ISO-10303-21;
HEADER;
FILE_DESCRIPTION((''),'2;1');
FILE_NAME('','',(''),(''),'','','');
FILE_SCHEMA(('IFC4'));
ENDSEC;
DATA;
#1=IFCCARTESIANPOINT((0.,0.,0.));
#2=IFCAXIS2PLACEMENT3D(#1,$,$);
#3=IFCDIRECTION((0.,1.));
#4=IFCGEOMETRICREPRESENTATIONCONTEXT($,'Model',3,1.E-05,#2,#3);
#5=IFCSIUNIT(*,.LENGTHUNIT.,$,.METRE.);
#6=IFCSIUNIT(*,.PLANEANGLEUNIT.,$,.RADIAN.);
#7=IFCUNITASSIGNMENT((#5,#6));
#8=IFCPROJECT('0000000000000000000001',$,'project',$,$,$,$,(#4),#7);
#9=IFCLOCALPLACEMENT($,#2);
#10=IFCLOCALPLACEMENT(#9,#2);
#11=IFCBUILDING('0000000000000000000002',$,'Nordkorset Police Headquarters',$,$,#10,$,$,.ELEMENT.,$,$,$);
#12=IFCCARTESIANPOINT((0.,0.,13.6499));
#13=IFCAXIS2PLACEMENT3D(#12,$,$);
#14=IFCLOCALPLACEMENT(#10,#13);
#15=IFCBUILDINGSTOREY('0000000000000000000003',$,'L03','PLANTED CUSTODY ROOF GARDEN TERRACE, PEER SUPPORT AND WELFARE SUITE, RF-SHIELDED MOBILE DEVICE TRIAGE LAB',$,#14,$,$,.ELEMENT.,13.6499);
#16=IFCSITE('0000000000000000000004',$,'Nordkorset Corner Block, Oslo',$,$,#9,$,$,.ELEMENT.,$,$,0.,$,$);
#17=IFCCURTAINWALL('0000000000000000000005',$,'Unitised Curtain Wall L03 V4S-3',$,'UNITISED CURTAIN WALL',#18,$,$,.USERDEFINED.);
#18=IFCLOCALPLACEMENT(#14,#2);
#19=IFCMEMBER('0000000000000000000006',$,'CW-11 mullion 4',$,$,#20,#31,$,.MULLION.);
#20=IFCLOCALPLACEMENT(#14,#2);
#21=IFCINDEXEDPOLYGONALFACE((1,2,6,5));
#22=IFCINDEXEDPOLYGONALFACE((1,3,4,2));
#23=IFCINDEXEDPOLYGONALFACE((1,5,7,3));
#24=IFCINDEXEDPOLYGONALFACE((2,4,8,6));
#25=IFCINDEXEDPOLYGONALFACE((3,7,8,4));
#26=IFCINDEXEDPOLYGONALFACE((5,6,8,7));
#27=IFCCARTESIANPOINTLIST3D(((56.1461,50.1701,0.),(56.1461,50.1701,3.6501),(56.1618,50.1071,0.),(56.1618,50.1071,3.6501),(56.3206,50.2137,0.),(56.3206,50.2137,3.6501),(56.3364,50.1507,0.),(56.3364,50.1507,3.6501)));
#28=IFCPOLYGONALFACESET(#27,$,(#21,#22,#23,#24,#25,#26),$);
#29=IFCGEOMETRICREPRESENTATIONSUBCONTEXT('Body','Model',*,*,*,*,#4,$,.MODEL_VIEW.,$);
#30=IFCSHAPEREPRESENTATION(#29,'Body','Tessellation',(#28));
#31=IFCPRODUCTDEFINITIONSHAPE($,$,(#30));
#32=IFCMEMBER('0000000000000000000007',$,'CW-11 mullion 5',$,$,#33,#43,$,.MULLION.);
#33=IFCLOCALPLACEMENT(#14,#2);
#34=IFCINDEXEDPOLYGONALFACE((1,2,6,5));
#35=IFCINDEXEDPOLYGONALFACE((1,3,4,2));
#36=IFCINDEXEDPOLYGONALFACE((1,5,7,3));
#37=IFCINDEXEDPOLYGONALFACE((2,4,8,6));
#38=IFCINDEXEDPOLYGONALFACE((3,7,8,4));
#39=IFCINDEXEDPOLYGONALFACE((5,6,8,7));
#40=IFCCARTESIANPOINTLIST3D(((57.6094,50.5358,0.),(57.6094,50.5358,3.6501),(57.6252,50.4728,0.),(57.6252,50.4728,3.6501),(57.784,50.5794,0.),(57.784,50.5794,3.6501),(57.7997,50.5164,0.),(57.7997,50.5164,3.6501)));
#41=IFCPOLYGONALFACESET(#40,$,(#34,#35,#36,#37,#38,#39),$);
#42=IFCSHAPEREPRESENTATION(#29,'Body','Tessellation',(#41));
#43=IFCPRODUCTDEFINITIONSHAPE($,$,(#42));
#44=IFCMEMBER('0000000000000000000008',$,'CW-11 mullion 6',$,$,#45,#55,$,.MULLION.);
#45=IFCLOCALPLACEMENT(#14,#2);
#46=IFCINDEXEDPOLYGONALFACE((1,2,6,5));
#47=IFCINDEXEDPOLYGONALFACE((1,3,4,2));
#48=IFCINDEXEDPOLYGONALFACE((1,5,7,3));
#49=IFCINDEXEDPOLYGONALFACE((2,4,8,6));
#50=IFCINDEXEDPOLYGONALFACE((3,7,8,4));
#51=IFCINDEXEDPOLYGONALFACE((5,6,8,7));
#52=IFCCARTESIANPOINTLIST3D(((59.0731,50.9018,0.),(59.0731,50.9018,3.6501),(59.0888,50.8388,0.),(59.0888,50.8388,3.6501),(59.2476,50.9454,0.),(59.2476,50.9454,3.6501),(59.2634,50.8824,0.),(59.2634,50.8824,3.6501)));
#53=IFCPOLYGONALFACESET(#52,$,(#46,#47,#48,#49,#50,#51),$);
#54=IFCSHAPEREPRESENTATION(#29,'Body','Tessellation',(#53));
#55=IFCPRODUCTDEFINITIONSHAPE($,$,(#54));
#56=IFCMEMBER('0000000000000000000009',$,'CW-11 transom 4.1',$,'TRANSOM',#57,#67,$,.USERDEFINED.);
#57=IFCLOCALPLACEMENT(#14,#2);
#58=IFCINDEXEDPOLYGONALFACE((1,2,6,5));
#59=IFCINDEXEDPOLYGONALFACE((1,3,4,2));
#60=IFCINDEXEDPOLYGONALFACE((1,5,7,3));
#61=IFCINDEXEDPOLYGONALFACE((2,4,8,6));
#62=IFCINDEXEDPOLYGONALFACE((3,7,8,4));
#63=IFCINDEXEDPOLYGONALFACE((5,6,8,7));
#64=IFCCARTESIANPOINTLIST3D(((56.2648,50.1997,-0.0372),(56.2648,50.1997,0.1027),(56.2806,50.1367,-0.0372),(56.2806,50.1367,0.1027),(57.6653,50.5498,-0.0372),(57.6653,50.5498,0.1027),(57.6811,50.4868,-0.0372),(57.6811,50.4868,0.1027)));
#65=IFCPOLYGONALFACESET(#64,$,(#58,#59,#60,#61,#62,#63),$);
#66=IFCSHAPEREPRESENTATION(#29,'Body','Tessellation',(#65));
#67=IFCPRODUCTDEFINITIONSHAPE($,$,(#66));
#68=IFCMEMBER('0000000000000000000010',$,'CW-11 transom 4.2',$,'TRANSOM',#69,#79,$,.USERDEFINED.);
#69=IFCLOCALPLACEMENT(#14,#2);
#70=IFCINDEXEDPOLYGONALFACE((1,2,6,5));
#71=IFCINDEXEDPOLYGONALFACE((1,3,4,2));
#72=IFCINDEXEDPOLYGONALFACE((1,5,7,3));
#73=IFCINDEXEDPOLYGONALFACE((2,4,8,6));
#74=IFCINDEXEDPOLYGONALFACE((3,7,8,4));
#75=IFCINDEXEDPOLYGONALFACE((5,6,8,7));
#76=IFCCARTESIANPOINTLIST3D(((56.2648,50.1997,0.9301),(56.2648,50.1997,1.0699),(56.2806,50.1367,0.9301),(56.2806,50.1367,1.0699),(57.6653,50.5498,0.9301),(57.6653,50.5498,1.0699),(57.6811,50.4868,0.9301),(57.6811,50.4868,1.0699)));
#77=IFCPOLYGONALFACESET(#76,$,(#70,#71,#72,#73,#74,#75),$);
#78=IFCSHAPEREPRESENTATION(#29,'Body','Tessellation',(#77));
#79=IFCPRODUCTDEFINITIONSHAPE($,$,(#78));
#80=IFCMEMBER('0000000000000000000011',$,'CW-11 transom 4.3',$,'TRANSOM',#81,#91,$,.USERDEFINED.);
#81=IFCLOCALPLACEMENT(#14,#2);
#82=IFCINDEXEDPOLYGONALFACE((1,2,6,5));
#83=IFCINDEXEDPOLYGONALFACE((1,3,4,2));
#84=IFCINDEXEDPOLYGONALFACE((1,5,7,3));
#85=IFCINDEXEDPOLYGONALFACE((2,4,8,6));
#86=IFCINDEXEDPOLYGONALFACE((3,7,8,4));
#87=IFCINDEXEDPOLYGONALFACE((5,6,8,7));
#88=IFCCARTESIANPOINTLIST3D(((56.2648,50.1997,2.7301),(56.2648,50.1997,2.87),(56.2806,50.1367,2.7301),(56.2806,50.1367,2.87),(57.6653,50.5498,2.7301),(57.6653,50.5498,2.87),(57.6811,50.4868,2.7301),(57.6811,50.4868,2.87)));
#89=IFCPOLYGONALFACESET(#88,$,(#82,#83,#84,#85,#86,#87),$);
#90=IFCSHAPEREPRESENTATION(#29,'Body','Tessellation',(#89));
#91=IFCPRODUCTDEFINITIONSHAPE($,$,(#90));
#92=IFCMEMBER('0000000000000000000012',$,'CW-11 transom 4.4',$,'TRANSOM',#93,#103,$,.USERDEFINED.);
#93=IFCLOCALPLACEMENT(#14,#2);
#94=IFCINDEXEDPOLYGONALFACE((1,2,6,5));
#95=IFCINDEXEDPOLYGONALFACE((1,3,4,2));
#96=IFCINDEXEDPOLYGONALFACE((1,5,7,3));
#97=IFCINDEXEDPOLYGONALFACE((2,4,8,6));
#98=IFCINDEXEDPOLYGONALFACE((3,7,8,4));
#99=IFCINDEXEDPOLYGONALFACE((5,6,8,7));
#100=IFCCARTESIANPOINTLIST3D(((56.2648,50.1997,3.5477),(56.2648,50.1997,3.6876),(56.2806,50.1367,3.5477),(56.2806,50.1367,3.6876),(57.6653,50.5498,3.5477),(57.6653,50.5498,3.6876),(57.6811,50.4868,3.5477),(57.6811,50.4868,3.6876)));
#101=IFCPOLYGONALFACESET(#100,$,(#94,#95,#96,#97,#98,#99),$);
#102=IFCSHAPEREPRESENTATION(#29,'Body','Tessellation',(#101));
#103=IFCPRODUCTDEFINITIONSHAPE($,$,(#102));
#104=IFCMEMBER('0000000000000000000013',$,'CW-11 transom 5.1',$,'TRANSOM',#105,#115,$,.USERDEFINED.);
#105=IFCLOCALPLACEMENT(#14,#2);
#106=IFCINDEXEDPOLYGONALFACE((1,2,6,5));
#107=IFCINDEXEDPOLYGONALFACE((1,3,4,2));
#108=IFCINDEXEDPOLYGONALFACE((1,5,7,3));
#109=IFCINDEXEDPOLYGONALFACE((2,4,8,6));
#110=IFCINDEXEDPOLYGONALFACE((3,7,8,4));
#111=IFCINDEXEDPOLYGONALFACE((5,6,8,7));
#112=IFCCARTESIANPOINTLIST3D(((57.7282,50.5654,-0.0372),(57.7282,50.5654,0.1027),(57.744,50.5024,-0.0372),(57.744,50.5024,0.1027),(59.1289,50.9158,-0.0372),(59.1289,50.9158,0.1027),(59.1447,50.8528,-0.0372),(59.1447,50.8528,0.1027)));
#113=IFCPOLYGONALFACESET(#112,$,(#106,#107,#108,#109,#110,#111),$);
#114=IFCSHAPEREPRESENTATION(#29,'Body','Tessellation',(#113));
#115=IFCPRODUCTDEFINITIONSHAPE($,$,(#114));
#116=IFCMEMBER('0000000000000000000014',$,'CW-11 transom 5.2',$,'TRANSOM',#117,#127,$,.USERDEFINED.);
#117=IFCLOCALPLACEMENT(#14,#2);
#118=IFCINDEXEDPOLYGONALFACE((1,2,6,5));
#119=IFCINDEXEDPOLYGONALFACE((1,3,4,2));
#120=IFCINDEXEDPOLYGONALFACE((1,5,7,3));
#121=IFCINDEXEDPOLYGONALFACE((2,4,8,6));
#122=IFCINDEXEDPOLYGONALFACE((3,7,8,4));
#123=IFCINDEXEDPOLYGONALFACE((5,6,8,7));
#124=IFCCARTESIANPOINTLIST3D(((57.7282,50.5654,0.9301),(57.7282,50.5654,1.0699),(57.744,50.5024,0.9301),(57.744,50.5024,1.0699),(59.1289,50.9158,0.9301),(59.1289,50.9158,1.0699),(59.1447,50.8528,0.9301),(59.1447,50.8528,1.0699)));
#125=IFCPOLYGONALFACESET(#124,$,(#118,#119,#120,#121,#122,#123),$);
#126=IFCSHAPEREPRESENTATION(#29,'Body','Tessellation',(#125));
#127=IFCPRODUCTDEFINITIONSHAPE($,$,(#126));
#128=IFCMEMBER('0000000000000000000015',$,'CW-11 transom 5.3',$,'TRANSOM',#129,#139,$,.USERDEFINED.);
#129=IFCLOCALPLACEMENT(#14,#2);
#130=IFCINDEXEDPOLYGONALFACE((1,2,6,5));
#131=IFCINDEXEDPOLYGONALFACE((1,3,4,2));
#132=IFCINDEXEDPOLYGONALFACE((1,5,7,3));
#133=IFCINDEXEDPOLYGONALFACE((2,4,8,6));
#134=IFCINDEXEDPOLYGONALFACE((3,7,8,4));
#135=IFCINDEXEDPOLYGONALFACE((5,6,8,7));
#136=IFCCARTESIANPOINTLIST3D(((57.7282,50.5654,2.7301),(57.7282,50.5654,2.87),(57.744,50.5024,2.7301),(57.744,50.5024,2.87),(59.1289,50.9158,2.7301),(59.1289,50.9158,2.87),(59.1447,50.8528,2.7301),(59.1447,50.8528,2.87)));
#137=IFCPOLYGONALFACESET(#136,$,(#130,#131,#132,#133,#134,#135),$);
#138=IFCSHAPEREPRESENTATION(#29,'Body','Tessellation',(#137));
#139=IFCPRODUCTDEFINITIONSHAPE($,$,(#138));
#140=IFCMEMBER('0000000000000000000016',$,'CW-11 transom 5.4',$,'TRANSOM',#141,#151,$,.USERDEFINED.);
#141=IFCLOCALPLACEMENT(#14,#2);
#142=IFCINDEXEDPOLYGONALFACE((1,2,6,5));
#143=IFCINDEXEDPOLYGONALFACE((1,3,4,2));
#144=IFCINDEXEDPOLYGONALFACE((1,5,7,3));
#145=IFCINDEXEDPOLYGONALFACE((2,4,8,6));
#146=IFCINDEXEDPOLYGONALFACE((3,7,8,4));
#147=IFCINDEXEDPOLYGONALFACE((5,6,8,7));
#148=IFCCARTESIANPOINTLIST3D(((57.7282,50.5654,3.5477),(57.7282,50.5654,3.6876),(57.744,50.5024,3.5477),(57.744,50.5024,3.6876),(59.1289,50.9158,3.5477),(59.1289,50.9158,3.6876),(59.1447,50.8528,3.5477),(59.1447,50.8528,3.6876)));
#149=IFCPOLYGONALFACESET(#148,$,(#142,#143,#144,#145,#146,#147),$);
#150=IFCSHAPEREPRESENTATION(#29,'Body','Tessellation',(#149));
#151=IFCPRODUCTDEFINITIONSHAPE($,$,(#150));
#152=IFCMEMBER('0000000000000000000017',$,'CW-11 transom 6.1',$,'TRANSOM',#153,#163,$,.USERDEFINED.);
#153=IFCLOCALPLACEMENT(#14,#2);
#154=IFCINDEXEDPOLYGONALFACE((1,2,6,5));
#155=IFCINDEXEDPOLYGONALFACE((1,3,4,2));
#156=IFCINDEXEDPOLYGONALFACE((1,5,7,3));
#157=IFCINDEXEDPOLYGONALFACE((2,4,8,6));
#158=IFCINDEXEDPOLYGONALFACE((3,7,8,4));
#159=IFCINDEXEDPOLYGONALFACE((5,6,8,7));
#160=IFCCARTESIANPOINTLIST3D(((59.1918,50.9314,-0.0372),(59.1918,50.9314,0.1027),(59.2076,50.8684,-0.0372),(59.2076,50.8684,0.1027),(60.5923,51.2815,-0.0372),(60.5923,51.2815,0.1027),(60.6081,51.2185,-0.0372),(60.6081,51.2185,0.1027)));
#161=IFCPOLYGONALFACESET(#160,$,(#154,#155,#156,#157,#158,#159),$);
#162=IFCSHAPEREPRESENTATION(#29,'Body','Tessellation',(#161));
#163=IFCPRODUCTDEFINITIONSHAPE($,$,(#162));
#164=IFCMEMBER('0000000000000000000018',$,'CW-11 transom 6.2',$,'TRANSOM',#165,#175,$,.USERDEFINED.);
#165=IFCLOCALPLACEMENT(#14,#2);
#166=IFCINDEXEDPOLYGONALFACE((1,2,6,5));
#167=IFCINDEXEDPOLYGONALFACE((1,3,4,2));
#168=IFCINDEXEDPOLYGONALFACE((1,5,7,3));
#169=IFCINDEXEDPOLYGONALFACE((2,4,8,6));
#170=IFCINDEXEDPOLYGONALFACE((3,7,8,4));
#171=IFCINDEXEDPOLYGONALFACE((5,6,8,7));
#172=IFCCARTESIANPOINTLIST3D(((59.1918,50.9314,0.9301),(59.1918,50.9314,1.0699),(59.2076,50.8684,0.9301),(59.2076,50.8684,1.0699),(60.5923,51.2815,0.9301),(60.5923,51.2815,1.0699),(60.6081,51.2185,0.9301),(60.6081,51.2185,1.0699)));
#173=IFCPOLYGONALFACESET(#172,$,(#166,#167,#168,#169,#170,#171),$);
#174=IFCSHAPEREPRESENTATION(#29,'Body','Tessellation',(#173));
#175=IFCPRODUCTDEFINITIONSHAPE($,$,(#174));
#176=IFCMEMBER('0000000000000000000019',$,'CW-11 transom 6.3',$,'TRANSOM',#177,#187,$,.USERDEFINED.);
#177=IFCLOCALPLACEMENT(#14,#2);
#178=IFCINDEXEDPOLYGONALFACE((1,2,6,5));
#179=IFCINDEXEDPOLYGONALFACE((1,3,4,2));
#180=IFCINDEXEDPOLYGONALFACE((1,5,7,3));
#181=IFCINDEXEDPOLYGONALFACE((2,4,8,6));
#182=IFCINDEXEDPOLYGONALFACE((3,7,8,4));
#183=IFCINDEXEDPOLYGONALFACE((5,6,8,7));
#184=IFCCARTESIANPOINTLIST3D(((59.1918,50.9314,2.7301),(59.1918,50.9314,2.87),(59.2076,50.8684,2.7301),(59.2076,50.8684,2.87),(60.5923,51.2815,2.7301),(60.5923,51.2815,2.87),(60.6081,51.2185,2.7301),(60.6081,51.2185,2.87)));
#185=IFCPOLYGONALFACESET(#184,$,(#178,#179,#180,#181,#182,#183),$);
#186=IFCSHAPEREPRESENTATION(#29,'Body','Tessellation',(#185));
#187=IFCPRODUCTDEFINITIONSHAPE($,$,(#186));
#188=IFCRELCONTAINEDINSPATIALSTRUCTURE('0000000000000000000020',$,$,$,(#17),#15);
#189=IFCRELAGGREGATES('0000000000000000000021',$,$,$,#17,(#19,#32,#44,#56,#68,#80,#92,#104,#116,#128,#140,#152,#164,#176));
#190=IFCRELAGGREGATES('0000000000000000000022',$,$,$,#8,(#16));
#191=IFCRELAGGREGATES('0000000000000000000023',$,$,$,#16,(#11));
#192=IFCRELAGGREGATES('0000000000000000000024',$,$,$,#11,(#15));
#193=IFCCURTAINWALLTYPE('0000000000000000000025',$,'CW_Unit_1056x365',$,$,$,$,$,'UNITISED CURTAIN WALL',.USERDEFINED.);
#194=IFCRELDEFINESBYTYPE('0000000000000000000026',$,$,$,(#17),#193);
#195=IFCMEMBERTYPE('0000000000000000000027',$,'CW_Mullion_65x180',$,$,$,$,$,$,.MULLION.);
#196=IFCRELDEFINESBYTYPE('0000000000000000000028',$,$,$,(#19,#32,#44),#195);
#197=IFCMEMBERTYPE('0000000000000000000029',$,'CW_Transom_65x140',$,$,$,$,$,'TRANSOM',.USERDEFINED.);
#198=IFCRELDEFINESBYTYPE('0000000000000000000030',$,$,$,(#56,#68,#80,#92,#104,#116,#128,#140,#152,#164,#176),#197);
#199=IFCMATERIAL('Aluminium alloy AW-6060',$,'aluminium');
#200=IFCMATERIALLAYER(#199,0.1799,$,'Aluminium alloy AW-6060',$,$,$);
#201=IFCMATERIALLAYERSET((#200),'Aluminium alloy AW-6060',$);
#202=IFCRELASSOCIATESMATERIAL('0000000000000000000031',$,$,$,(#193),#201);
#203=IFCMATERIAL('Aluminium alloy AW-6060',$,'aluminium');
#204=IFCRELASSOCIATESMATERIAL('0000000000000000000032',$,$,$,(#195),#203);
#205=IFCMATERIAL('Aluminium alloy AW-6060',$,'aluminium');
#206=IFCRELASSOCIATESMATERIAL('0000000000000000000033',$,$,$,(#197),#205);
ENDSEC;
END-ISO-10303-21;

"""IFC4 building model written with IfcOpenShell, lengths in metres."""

from ifc_helpers import new_model, si_unit, direction, frame, origin, origin_2d, place, context, subcontext, project, spatial, rectangle, extrude, material, layer, layer_set, material_profile, profile_set, type_object, element, aggregate, save


model = new_model("IFC4")

# Units and contexts
model_context = context("Model", 3, precision=1e-05, world=origin(), true_north=direction((0.0, 1.0)))
body_context = subcontext(model_context, "Body", "Model", "MODEL_VIEW")
ifc_project = project(units=[si_unit("LENGTHUNIT", "METRE"), si_unit("PLANEANGLEUNIT", "RADIAN")], contexts=[model_context])

# Site, building, storey
site_placement = place(None, origin())
site = spatial("IfcSite", under=ifc_project, at=site_placement, Name="Nordkorset Corner Block, Oslo", CompositionType="ELEMENT", RefElevation=0.0)
building_placement = place(site_placement, origin())
building = spatial("IfcBuilding", under=site, at=building_placement, Name="Nordkorset Police Headquarters", CompositionType="ELEMENT")
storey_placement = place(building_placement, frame((0.0, 0.0, 13.6499)))
storey = spatial("IfcBuildingStorey", under=building, at=storey_placement, Name="L03", Description="PLANTED CUSTODY ROOF GARDEN TERRACE, PEER SUPPORT AND WELFARE SUITE, RF-SHIELDED MOBILE DEVICE TRIAGE LAB", CompositionType="ELEMENT", Elevation=13.6499)

# Curtain wall, members
ifc_material_1 = material(Name="Aluminium alloy AW-6060", Category="aluminium")
ifc_layer_1 = layer(ifc_material_1, 0.1799, Name="Aluminium alloy AW-6060")
ifc_layer_set_1 = layer_set([ifc_layer_1], Name="Aluminium alloy AW-6060")
curtain_wall_type = type_object("IfcCurtainWallType", Name="CW_Unit_1056x365", ElementType="UNITISED CURTAIN WALL", PredefinedType="USERDEFINED", material=ifc_layer_set_1)
curtain_wall_placement = place(storey_placement, origin())
curtain_wall = element("IfcCurtainWall", 1, at=curtain_wall_placement, inside=storey, type_object=curtain_wall_type, Name="Unitised Curtain Wall L03 V4S-3", ObjectType="UNITISED CURTAIN WALL", PredefinedType="USERDEFINED")
ifc_material_2 = material(Name="Aluminium alloy AW-6060", Category="aluminium")
ifc_material_profile_1 = material_profile(ifc_material_2, rectangle(XDim=0.0649, YDim=0.1799, at=origin_2d()), Name="ALU MULL 65x180")
ifc_profile_set_1 = profile_set([ifc_material_profile_1], Name="Aluminium alloy AW-6060")
member_type_1 = type_object("IfcMemberType", Name="CW_Mullion_65x180", PredefinedType="MULLION", material=ifc_profile_set_1)
member_1_placement = place(storey_placement, frame((56.2412, 50.1604, 0.0), z_axis=(0.0, 0.0, 1.0), x_axis=(-0.242535, 0.970143, 0.0)))
member_1 = element("IfcMember", 2, at=member_1_placement, type_object=member_type_1, Name="CW-11 mullion 4", PredefinedType="MULLION", context=body_context, shape_type="SweptSolid", body=[
    extrude(rectangle(XDim=0.0649, YDim=0.1799, at=origin_2d()), origin(), (0.0, 0.0, 1.0), 3.6501),
])
member_2_placement = place(storey_placement, frame((57.7046, 50.5261, 0.0), z_axis=(0.0, 0.0, 1.0), x_axis=(-0.242535, 0.970143, 0.0)))
member_2 = element("IfcMember", 3, at=member_2_placement, type_object=member_type_1, Name="CW-11 mullion 5", PredefinedType="MULLION", context=body_context, shape_type="SweptSolid", body=[
    extrude(rectangle(XDim=0.0649, YDim=0.1799, at=origin_2d()), origin(), (0.0, 0.0, 1.0), 3.6501),
])
member_3_placement = place(storey_placement, frame((59.1682, 50.8921, 0.0), z_axis=(0.0, 0.0, 1.0), x_axis=(-0.242535, 0.970143, 0.0)))
member_3 = element("IfcMember", 4, at=member_3_placement, type_object=member_type_1, Name="CW-11 mullion 6", PredefinedType="MULLION", context=body_context, shape_type="SweptSolid", body=[
    extrude(rectangle(XDim=0.0649, YDim=0.1799, at=origin_2d()), origin(), (0.0, 0.0, 1.0), 3.6501),
])
ifc_material_3 = material(Name="Aluminium alloy AW-6060", Category="aluminium")
ifc_material_profile_2 = material_profile(ifc_material_3, rectangle(XDim=0.0649, YDim=0.1399, at=origin_2d()), Name="ALU TRAN 65x140")
ifc_profile_set_2 = profile_set([ifc_material_profile_2], Name="Aluminium alloy AW-6060")
member_type_2 = type_object("IfcMemberType", Name="CW_Transom_65x140", ElementType="TRANSOM", PredefinedType="USERDEFINED", material=ifc_profile_set_2)
member_4_placement = place(storey_placement, frame((56.2727, 50.1682, 0.0327), z_axis=(0.970143, 0.242536, 0.0), x_axis=(-0.242536, 0.970143, 0.0)))
member_4 = element("IfcMember", 5, at=member_4_placement, type_object=member_type_2, Name="CW-11 transom 4.1", ObjectType="TRANSOM", PredefinedType="USERDEFINED", context=body_context, shape_type="SweptSolid", body=[
    extrude(rectangle(XDim=0.0649, YDim=0.1399, at=origin_2d()), origin(), (0.0, 0.0, 1.0), 1.4436),
])
member_5_placement = place(storey_placement, frame((56.2727, 50.1682, 1.0), z_axis=(0.970143, 0.242536, 0.0), x_axis=(-0.242536, 0.970143, 0.0)))
member_5 = element("IfcMember", 6, at=member_5_placement, type_object=member_type_2, Name="CW-11 transom 4.2", ObjectType="TRANSOM", PredefinedType="USERDEFINED", context=body_context, shape_type="SweptSolid", body=[
    extrude(rectangle(XDim=0.0649, YDim=0.1399, at=origin_2d()), origin(), (0.0, 0.0, 1.0), 1.4436),
])
member_6_placement = place(storey_placement, frame((56.2727, 50.1682, 2.8), z_axis=(0.970143, 0.242536, 0.0), x_axis=(-0.242536, 0.970143, 0.0)))
member_6 = element("IfcMember", 7, at=member_6_placement, type_object=member_type_2, Name="CW-11 transom 4.3", ObjectType="TRANSOM", PredefinedType="USERDEFINED", context=body_context, shape_type="SweptSolid", body=[
    extrude(rectangle(XDim=0.0649, YDim=0.1399, at=origin_2d()), origin(), (0.0, 0.0, 1.0), 1.4436),
])
member_7_placement = place(storey_placement, frame((56.2727, 50.1682, 3.6177), z_axis=(0.970143, 0.242536, 0.0), x_axis=(-0.242536, 0.970143, 0.0)))
member_7 = element("IfcMember", 8, at=member_7_placement, type_object=member_type_2, Name="CW-11 transom 4.4", ObjectType="TRANSOM", PredefinedType="USERDEFINED", context=body_context, shape_type="SweptSolid", body=[
    extrude(rectangle(XDim=0.0649, YDim=0.1399, at=origin_2d()), origin(), (0.0, 0.0, 1.0), 1.4436),
])
member_8_placement = place(storey_placement, frame((57.7361, 50.5339, 0.0327), z_axis=(0.970113, 0.242655, 0.0), x_axis=(-0.242655, 0.970113, 0.0)))
member_8 = element("IfcMember", 9, at=member_8_placement, type_object=member_type_2, Name="CW-11 transom 5.1", ObjectType="TRANSOM", PredefinedType="USERDEFINED", context=body_context, shape_type="SweptSolid", body=[
    extrude(rectangle(XDim=0.0649, YDim=0.1399, at=origin_2d()), origin(), (0.0, 0.0, 1.0), 1.4438),
])
member_9_placement = place(storey_placement, frame((57.7361, 50.5339, 1.0), z_axis=(0.970113, 0.242655, 0.0), x_axis=(-0.242655, 0.970113, 0.0)))
member_9 = element("IfcMember", 10, at=member_9_placement, type_object=member_type_2, Name="CW-11 transom 5.2", ObjectType="TRANSOM", PredefinedType="USERDEFINED", context=body_context, shape_type="SweptSolid", body=[
    extrude(rectangle(XDim=0.0649, YDim=0.1399, at=origin_2d()), origin(), (0.0, 0.0, 1.0), 1.4438),
])
member_10_placement = place(storey_placement, frame((57.7361, 50.5339, 2.8), z_axis=(0.970113, 0.242655, 0.0), x_axis=(-0.242655, 0.970113, 0.0)))
member_10 = element("IfcMember", 11, at=member_10_placement, type_object=member_type_2, Name="CW-11 transom 5.3", ObjectType="TRANSOM", PredefinedType="USERDEFINED", context=body_context, shape_type="SweptSolid", body=[
    extrude(rectangle(XDim=0.0649, YDim=0.1399, at=origin_2d()), origin(), (0.0, 0.0, 1.0), 1.4438),
])
member_11_placement = place(storey_placement, frame((57.7361, 50.5339, 3.6177), z_axis=(0.970113, 0.242655, 0.0), x_axis=(-0.242655, 0.970113, 0.0)))
member_11 = element("IfcMember", 12, at=member_11_placement, type_object=member_type_2, Name="CW-11 transom 5.4", ObjectType="TRANSOM", PredefinedType="USERDEFINED", context=body_context, shape_type="SweptSolid", body=[
    extrude(rectangle(XDim=0.0649, YDim=0.1399, at=origin_2d()), origin(), (0.0, 0.0, 1.0), 1.4438),
])
member_12_placement = place(storey_placement, frame((59.1997, 50.8999, 0.0327), z_axis=(0.970143, 0.242536, 0.0), x_axis=(-0.242536, 0.970143, 0.0)))
member_12 = element("IfcMember", 13, at=member_12_placement, type_object=member_type_2, Name="CW-11 transom 6.1", ObjectType="TRANSOM", PredefinedType="USERDEFINED", context=body_context, shape_type="SweptSolid", body=[
    extrude(rectangle(XDim=0.0649, YDim=0.1399, at=origin_2d()), origin(), (0.0, 0.0, 1.0), 1.4436),
])
member_13_placement = place(storey_placement, frame((59.1997, 50.8999, 1.0), z_axis=(0.970143, 0.242536, 0.0), x_axis=(-0.242536, 0.970143, 0.0)))
member_13 = element("IfcMember", 14, at=member_13_placement, type_object=member_type_2, Name="CW-11 transom 6.2", ObjectType="TRANSOM", PredefinedType="USERDEFINED", context=body_context, shape_type="SweptSolid", body=[
    extrude(rectangle(XDim=0.0649, YDim=0.1399, at=origin_2d()), origin(), (0.0, 0.0, 1.0), 1.4436),
])
member_14_placement = place(storey_placement, frame((59.1997, 50.8999, 2.8), z_axis=(0.970143, 0.242536, 0.0), x_axis=(-0.242536, 0.970143, 0.0)))
member_14 = element("IfcMember", 15, at=member_14_placement, type_object=member_type_2, Name="CW-11 transom 6.3", ObjectType="TRANSOM", PredefinedType="USERDEFINED", context=body_context, shape_type="SweptSolid", body=[
    extrude(rectangle(XDim=0.0649, YDim=0.1399, at=origin_2d()), origin(), (0.0, 0.0, 1.0), 1.4436),
])
aggregate(curtain_wall, [member_1, member_2, member_3, member_4, member_5, member_6, member_7, member_8, member_9, member_10, member_11, member_12, member_13, member_14])

save(model, "model.ifc")
